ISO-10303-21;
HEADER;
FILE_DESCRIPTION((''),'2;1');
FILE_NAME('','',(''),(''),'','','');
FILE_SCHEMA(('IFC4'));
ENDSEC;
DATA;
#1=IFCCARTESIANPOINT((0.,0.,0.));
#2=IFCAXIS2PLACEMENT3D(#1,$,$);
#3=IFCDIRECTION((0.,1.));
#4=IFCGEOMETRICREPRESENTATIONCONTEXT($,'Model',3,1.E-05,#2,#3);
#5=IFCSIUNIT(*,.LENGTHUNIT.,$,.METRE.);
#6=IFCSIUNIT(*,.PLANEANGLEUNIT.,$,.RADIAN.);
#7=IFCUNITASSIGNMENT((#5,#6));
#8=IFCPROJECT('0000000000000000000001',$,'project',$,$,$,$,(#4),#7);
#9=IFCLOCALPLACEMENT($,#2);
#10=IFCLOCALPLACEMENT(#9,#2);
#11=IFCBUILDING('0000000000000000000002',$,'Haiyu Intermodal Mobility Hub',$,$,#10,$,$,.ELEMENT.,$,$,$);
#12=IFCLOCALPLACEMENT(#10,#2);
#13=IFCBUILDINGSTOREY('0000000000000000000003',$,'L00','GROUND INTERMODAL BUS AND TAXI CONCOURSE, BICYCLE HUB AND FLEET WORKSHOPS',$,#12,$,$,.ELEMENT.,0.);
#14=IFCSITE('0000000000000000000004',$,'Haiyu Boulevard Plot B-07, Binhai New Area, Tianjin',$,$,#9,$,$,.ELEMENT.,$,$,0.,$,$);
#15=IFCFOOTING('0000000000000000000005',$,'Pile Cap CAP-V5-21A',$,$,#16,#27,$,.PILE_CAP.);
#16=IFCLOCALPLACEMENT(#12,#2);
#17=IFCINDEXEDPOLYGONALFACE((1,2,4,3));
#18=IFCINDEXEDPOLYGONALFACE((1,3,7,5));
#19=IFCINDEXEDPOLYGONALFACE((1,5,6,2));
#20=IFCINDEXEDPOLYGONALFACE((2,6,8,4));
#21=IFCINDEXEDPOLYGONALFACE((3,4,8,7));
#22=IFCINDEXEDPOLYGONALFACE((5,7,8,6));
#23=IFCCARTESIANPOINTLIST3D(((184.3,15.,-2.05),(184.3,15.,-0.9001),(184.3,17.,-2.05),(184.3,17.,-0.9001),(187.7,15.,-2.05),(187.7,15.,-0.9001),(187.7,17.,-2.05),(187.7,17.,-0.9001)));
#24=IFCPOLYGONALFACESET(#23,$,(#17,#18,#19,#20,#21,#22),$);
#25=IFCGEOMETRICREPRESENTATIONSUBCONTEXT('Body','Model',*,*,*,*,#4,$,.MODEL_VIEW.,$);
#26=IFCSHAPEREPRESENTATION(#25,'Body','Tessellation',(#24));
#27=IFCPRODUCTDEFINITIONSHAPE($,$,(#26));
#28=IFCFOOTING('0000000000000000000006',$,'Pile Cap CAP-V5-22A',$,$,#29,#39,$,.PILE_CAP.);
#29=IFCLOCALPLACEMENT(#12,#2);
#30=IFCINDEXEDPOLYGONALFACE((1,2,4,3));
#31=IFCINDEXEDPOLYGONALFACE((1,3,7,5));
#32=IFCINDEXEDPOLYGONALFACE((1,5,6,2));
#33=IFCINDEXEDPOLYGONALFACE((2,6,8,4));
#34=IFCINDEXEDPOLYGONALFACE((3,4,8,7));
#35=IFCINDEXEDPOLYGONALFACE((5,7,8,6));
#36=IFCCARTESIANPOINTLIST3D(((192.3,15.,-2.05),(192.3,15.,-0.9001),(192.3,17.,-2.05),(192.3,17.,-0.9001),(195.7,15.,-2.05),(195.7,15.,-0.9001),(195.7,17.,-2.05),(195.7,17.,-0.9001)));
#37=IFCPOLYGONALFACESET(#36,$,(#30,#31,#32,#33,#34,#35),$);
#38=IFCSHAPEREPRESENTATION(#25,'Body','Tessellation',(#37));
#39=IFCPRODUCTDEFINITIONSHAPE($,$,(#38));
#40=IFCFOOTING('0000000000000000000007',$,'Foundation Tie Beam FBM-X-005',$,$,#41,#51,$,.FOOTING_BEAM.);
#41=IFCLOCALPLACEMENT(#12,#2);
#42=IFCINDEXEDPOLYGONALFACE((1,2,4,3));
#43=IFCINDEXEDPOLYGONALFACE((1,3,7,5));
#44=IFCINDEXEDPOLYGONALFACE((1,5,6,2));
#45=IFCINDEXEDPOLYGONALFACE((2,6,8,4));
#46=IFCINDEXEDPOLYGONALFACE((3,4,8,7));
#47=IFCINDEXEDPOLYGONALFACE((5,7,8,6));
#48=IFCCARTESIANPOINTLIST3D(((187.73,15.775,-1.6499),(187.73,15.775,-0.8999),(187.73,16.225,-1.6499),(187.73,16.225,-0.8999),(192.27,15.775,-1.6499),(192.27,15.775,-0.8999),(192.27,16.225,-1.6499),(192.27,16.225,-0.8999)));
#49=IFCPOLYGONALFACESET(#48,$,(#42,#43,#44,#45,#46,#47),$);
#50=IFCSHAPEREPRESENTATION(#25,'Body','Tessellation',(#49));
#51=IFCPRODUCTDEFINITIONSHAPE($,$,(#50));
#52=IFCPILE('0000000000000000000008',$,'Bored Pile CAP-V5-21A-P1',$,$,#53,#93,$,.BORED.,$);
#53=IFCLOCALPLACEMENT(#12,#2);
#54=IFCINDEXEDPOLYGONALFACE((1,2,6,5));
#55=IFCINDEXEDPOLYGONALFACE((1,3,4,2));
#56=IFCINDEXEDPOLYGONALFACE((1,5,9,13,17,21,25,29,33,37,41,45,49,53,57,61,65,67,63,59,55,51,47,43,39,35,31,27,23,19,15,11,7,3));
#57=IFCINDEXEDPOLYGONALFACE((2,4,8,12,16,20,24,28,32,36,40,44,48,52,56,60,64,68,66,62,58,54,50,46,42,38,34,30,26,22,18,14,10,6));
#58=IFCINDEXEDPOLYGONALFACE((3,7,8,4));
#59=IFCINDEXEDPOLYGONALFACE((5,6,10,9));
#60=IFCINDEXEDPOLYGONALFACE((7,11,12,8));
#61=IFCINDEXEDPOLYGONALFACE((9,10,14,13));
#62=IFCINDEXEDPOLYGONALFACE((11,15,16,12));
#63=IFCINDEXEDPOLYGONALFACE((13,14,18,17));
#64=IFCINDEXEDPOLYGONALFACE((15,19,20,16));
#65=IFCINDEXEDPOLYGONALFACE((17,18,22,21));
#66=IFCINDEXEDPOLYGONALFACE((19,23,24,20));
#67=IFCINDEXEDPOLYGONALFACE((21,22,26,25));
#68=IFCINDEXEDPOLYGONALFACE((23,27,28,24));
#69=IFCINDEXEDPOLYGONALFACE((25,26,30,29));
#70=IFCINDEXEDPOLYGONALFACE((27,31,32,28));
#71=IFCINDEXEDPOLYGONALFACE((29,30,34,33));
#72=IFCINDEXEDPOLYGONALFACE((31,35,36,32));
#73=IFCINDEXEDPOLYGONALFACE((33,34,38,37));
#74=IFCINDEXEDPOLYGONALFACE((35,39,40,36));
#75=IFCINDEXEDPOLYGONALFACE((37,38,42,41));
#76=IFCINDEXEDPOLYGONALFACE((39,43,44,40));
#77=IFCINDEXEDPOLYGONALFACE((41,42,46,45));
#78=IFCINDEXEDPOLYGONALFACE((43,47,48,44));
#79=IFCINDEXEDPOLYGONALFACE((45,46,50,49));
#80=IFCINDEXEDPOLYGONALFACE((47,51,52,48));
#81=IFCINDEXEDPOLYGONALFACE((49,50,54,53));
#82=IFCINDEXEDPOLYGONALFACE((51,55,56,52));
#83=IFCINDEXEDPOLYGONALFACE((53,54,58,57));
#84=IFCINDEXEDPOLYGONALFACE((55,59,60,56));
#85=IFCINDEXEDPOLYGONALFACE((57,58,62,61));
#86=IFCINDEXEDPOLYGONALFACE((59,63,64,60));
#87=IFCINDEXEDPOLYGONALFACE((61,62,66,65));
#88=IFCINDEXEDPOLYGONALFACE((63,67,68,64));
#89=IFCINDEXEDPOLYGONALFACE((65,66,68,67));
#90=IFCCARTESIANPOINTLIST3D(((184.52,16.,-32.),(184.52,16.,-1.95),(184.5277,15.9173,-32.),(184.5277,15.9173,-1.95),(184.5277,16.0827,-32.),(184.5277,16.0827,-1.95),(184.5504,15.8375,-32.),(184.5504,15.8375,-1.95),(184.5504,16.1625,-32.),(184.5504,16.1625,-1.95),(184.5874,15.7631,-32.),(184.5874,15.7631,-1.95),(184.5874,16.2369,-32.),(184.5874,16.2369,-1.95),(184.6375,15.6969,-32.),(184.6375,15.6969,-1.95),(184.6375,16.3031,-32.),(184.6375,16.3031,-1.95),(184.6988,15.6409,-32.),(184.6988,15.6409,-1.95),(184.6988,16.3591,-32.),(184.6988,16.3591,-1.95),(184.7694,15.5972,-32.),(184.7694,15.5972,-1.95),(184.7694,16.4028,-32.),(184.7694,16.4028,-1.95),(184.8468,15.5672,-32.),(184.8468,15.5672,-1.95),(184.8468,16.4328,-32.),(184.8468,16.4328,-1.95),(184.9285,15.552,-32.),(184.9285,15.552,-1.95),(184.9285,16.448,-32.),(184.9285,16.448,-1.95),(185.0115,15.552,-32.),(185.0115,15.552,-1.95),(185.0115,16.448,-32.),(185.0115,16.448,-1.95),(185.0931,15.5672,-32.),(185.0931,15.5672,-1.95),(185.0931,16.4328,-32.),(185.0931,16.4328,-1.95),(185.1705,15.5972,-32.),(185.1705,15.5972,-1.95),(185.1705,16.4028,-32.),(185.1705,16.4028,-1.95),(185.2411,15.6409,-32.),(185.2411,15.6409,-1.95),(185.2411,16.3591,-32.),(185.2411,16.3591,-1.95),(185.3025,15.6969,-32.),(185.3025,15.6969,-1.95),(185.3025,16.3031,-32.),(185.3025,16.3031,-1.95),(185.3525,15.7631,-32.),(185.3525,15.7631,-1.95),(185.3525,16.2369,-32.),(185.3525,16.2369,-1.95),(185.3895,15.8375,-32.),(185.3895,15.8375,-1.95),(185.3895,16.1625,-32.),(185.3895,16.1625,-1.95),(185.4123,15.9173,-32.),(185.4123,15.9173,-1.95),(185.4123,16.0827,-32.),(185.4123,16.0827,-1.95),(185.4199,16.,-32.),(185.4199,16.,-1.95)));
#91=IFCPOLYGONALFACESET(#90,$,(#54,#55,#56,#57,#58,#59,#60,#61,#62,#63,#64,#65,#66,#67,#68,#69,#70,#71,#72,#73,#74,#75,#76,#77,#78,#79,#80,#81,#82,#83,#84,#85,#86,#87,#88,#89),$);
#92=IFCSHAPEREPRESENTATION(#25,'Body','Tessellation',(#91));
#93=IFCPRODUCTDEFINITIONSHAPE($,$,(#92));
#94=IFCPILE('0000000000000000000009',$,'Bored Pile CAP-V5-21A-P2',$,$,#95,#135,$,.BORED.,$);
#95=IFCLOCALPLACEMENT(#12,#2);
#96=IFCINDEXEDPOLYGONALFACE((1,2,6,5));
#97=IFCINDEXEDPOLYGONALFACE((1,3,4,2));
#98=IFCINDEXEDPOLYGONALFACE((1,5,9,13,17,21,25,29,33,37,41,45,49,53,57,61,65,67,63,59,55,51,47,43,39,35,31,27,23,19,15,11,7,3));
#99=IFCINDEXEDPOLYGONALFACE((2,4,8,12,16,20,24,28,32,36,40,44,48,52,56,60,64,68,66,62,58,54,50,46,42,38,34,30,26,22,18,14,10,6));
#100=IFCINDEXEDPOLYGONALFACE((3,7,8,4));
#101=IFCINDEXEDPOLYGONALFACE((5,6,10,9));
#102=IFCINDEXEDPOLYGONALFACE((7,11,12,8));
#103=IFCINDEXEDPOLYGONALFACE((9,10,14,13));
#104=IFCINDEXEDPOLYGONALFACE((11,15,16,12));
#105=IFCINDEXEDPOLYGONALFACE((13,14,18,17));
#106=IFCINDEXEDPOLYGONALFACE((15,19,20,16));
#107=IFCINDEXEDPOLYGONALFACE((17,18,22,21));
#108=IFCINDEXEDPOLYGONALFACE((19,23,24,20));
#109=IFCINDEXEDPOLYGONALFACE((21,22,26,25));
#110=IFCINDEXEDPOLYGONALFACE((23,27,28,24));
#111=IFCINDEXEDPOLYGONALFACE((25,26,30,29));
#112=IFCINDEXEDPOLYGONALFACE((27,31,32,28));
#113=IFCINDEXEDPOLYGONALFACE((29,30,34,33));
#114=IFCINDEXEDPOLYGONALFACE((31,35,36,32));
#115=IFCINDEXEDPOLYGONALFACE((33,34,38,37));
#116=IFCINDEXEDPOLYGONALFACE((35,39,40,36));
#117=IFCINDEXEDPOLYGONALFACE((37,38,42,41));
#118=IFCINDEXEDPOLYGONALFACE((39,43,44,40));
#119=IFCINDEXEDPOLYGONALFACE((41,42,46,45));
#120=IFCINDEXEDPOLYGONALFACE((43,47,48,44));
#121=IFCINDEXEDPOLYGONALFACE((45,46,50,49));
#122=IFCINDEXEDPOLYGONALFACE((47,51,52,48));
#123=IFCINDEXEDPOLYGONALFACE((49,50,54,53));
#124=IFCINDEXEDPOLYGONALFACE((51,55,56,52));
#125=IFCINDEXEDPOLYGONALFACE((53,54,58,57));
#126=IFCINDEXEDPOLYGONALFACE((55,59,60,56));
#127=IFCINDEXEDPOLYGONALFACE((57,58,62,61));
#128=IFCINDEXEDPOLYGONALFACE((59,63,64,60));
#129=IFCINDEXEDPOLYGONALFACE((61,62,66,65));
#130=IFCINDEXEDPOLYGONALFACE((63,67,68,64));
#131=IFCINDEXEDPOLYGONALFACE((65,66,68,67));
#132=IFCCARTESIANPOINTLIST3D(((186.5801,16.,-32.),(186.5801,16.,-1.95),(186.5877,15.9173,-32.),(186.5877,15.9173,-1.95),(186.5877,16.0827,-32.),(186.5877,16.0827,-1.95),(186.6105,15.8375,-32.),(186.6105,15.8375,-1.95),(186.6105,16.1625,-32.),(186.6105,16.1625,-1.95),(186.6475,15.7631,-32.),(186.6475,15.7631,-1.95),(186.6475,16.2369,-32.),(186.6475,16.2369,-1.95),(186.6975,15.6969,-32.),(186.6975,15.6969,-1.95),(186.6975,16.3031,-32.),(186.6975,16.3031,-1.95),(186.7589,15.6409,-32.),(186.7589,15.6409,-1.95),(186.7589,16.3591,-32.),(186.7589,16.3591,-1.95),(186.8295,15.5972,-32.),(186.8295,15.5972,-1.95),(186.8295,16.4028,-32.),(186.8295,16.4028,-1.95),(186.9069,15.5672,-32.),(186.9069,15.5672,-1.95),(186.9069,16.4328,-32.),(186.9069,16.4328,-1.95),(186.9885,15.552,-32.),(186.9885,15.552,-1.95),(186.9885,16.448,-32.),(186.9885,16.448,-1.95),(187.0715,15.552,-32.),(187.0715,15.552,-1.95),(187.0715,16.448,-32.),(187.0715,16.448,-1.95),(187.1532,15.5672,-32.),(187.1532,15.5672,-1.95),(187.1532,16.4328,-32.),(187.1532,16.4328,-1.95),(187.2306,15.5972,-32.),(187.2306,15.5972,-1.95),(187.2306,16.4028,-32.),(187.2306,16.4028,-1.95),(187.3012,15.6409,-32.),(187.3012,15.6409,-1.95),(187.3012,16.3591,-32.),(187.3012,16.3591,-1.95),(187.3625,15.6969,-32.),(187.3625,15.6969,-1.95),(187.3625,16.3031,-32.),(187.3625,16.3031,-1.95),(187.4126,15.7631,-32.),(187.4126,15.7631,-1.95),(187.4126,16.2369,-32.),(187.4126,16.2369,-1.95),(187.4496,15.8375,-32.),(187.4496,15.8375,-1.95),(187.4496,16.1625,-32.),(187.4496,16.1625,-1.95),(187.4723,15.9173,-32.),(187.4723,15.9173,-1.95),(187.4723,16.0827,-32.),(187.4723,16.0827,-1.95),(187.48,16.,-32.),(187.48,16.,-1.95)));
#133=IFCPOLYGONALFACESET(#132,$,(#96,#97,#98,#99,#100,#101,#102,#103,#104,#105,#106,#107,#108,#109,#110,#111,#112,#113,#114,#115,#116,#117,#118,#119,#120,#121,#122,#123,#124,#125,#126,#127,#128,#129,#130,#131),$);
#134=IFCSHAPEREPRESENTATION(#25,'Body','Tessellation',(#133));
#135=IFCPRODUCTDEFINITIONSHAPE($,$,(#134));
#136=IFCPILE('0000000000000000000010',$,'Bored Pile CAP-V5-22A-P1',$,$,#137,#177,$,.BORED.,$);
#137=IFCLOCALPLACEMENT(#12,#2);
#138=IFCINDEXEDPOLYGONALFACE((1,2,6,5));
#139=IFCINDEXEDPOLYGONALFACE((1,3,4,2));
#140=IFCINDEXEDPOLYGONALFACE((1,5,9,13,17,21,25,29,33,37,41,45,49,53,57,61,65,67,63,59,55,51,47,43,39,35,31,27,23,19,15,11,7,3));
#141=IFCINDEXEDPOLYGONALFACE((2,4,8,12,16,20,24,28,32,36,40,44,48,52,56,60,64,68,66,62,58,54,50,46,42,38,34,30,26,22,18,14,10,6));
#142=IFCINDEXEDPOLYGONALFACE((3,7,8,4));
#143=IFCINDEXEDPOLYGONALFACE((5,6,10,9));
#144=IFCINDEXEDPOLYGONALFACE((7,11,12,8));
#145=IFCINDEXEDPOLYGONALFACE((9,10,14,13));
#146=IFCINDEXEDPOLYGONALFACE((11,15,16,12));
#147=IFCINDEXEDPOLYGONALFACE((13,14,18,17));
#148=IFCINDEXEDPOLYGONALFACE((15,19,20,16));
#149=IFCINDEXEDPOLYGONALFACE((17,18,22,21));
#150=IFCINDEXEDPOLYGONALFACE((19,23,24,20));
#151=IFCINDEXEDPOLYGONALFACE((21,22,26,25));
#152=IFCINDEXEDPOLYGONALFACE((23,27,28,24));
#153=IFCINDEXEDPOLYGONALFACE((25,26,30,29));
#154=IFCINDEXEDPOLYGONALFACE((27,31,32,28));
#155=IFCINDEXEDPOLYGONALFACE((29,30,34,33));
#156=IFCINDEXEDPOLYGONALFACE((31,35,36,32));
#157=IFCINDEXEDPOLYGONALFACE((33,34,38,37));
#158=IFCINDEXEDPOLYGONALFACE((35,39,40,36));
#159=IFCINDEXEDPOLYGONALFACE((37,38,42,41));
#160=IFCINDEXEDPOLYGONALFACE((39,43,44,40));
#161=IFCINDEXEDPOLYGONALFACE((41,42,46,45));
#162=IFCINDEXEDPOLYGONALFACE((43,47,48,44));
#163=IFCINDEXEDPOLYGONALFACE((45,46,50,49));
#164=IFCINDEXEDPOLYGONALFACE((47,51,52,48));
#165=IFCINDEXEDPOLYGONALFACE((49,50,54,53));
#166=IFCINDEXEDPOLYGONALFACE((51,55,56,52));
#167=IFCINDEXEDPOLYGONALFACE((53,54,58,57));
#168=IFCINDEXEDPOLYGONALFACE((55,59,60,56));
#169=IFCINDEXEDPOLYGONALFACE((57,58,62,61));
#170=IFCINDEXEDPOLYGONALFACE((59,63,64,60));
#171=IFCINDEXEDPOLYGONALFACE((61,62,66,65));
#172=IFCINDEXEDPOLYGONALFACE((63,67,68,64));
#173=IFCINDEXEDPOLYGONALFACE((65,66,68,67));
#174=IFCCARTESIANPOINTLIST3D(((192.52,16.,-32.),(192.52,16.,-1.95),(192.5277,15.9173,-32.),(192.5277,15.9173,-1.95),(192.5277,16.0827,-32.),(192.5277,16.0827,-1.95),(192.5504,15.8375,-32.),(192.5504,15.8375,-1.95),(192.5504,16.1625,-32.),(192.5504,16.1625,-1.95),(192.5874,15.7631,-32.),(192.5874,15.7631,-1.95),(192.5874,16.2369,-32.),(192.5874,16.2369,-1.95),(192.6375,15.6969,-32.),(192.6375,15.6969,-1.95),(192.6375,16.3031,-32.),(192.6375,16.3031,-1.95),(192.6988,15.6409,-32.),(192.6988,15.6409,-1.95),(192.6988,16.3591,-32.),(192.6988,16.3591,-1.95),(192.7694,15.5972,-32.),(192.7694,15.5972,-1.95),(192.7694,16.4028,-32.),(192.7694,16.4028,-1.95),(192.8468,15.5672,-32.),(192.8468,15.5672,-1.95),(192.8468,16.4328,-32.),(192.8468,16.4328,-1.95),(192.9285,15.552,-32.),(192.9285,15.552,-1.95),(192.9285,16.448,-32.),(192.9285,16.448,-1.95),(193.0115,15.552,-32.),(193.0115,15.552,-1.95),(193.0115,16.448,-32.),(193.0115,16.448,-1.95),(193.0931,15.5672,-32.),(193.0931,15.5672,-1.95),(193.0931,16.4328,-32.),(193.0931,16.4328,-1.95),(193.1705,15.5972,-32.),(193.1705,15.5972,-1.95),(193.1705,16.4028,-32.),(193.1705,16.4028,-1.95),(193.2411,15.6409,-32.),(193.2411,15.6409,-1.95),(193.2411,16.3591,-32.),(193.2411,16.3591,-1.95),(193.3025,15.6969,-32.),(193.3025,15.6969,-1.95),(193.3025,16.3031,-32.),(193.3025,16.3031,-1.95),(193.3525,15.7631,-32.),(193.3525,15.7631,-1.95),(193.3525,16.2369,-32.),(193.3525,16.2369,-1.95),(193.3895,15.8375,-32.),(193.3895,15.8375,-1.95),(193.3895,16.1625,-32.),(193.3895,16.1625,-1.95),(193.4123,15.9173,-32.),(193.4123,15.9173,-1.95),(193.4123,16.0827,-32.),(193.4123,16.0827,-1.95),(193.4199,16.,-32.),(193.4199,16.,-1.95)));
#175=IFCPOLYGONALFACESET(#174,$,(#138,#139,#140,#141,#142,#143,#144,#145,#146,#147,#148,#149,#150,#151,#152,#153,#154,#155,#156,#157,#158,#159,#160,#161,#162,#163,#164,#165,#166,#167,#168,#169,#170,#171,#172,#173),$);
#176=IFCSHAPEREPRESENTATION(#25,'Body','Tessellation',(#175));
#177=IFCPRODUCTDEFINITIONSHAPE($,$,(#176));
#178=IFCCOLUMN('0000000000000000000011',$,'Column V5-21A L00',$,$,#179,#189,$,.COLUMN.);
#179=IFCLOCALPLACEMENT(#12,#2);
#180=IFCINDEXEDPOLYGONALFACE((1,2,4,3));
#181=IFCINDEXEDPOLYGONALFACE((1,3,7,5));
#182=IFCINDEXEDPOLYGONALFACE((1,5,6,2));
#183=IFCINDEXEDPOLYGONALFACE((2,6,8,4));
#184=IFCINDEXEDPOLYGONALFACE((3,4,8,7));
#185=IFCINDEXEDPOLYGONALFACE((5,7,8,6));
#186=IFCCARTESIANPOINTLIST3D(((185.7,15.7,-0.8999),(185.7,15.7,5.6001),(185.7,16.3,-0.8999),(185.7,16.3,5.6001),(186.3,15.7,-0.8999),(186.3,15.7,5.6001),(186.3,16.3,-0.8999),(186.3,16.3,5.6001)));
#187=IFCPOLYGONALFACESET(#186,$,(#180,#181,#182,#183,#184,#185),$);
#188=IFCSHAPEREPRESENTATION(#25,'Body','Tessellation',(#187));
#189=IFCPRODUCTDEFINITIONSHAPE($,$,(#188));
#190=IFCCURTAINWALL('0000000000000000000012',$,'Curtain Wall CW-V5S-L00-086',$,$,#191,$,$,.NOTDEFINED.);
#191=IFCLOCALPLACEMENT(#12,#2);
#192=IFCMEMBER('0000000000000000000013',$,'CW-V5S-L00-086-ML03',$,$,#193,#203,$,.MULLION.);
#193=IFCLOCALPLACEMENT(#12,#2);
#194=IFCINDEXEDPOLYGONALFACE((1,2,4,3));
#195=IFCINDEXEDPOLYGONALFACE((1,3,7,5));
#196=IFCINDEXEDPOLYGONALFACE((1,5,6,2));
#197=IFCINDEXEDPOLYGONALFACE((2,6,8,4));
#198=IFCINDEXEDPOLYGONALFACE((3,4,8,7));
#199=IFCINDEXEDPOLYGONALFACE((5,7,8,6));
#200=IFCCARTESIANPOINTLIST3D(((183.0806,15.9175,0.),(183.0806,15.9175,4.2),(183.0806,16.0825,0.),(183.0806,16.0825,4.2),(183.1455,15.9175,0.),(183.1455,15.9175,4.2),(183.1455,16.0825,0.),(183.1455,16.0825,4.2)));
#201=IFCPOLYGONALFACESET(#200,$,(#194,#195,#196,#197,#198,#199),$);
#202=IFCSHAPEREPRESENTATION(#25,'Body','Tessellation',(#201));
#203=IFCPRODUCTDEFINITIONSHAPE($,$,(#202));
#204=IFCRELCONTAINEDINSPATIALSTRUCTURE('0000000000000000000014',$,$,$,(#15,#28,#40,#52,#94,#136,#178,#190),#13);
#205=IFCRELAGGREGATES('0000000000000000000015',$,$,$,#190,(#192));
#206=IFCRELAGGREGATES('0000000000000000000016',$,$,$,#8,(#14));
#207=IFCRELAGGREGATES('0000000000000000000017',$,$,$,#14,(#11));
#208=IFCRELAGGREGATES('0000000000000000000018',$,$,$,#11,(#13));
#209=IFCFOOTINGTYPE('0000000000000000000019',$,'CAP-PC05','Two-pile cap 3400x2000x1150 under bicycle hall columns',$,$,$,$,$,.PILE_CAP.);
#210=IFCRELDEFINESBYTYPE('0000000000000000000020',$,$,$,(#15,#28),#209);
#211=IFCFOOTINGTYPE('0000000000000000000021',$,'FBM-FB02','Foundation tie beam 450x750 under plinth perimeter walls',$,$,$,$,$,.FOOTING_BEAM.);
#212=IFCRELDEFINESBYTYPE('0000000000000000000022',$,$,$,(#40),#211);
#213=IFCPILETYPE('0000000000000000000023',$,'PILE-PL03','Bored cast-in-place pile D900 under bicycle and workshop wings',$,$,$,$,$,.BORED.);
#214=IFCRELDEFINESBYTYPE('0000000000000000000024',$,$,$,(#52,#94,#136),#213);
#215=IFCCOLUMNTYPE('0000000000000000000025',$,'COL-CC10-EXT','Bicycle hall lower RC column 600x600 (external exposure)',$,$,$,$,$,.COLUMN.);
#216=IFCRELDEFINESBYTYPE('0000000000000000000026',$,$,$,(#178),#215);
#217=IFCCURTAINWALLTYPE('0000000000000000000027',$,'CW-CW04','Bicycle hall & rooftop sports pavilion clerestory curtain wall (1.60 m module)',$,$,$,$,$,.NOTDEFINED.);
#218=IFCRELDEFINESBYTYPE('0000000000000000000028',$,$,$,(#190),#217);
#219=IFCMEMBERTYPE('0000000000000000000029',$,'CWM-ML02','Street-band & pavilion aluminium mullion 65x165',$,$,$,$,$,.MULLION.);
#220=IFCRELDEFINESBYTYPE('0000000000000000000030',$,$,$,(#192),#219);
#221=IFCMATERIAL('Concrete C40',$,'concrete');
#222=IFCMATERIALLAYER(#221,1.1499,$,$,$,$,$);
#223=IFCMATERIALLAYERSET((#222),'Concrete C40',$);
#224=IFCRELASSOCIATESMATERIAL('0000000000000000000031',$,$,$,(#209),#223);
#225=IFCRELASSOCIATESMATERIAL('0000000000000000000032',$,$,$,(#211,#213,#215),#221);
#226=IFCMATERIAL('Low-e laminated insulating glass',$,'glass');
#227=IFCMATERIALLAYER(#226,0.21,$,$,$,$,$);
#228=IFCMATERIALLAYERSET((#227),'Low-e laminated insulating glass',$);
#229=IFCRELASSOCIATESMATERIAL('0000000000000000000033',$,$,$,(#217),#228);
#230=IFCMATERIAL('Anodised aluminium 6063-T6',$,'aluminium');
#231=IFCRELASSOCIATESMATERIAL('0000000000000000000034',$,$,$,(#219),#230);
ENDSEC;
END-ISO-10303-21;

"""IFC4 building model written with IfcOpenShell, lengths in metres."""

from ifc_helpers import new_model, si_unit, direction, frame, origin, origin_2d, place, context, subcontext, project, spatial, rectangle, circle, extrude, material, layer, layer_set, material_profile, profile_set, type_object, element, aggregate, save


model = new_model("IFC4")

# Units and contexts
model_context = context("Model", 3, precision=1e-05, world=origin(), true_north=direction((0.0, 1.0)))
body_context = subcontext(model_context, "Body", "Model", "MODEL_VIEW")
ifc_project = project(units=[si_unit("LENGTHUNIT", "METRE"), si_unit("PLANEANGLEUNIT", "RADIAN")], contexts=[model_context])

# Site, building, storey
site_placement = place(None, origin())
site = spatial("IfcSite", under=ifc_project, at=site_placement, Name="Haiyu Boulevard Plot B-07, Binhai New Area, Tianjin", CompositionType="ELEMENT", RefElevation=0.0)
building_placement = place(site_placement, origin())
building = spatial("IfcBuilding", under=site, at=building_placement, Name="Haiyu Intermodal Mobility Hub", CompositionType="ELEMENT")
storey_placement = place(building_placement, origin())
storey = spatial("IfcBuildingStorey", under=building, at=storey_placement, Name="L00", Description="GROUND INTERMODAL BUS AND TAXI CONCOURSE, BICYCLE HUB AND FLEET WORKSHOPS", CompositionType="ELEMENT", Elevation=0.0)

# Footings
ifc_material_1 = material(Name="Concrete C40", Category="concrete")
ifc_layer_1 = layer(ifc_material_1, 1.1499)
ifc_layer_set_1 = layer_set([ifc_layer_1], Name="Concrete C40")
footing_type_1 = type_object("IfcFootingType", Name="CAP-PC05", Description="Two-pile cap 3400x2000x1150 under bicycle hall columns", PredefinedType="PILE_CAP", material=ifc_layer_set_1)
for number, where, z_axis, x_axis, name in (
    (1, (186.0, 16.0, -2.05), (0.0, 0.0, 1.0), (1.0, 0.0, 0.0), "Pile Cap CAP-V5-21A"),
    (2, (194.0, 16.0, -2.05), (0.0, 0.0, 1.0), (1.0, 0.0, 0.0), "Pile Cap CAP-V5-22A"),
):
    element("IfcFooting", number, at=place(storey_placement, frame(where, z_axis=z_axis, x_axis=x_axis)), inside=storey, type_object=footing_type_1, Name=name, PredefinedType="PILE_CAP", context=body_context, shape_type="SweptSolid", body=[
        extrude(rectangle(XDim=3.3999, YDim=2.0, at=origin_2d()), origin(), (0.0, 0.0, 1.0), 1.1499),
    ])
ifc_material_profile_1 = material_profile(ifc_material_1, rectangle(XDim=0.45, YDim=0.75, at=origin_2d()), Name="FB450x750")
ifc_profile_set_1 = profile_set([ifc_material_profile_1], Name="Concrete C40")
footing_type_2 = type_object("IfcFootingType", Name="FBM-FB02", Description="Foundation tie beam 450x750 under plinth perimeter walls", PredefinedType="FOOTING_BEAM", material=ifc_profile_set_1)
footing_placement = place(storey_placement, frame((187.73, 16.0, -1.2749), z_axis=(1.0, 0.0, 0.0), x_axis=(0.0, 1.0, 0.0)))
element("IfcFooting", 3, at=footing_placement, inside=storey, type_object=footing_type_2, Name="Foundation Tie Beam FBM-X-005", PredefinedType="FOOTING_BEAM", context=body_context, shape_type="SweptSolid", body=[
    extrude(rectangle(XDim=0.45, YDim=0.75, at=origin_2d()), origin(), (0.0, 0.0, 1.0), 4.54),
])

# Piles
ifc_material_profile_2 = material_profile(ifc_material_1, circle(Radius=0.45, at=origin_2d()), Name="PILE-D900")
ifc_profile_set_2 = profile_set([ifc_material_profile_2], Name="Concrete C40")
pile_type = type_object("IfcPileType", Name="PILE-PL03", Description="Bored cast-in-place pile D900 under bicycle and workshop wings", PredefinedType="BORED", material=ifc_profile_set_2)
for number, where, z_axis, x_axis, name in (
    (4, (184.97, 16.0, -1.95), (0.0, 0.0, -1.0), (1.0, 0.0, 0.0), "Bored Pile CAP-V5-21A-P1"),
    (5, (187.03, 16.0, -1.95), (0.0, 0.0, -1.0), (1.0, 0.0, 0.0), "Bored Pile CAP-V5-21A-P2"),
    (6, (192.97, 16.0, -1.95), (0.0, 0.0, -1.0), (1.0, 0.0, 0.0), "Bored Pile CAP-V5-22A-P1"),
):
    element("IfcPile", number, at=place(storey_placement, frame(where, z_axis=z_axis, x_axis=x_axis)), inside=storey, type_object=pile_type, Name=name, PredefinedType="BORED", context=body_context, shape_type="SweptSolid", body=[
        extrude(circle(Radius=0.45, at=origin_2d()), origin(), (0.0, 0.0, 1.0), 30.05),
    ])

# Column
ifc_material_profile_3 = material_profile(ifc_material_1, rectangle(XDim=0.6001, YDim=0.6001, at=origin_2d()), Name="RC600x600")
ifc_profile_set_3 = profile_set([ifc_material_profile_3], Name="Concrete C40")
column_type = type_object("IfcColumnType", Name="COL-CC10-EXT", Description="Bicycle hall lower RC column 600x600 (external exposure)", PredefinedType="COLUMN", material=ifc_profile_set_3)
column_placement = place(storey_placement, frame((186.0, 16.0, -0.8999), z_axis=(0.0, 0.0, 1.0), x_axis=(1.0, 0.0, 0.0)))
element("IfcColumn", 7, at=column_placement, inside=storey, type_object=column_type, Name="Column V5-21A L00", PredefinedType="COLUMN", context=body_context, shape_type="SweptSolid", body=[
    extrude(rectangle(XDim=0.6001, YDim=0.6001, at=origin_2d()), origin(), (0.0, 0.0, 1.0), 6.5),
])

# Curtain wall, member
ifc_material_2 = material(Name="Low-e laminated insulating glass", Category="glass")
ifc_layer_2 = layer(ifc_material_2, 0.21)
ifc_layer_set_2 = layer_set([ifc_layer_2], Name="Low-e laminated insulating glass")
curtain_wall_type = type_object("IfcCurtainWallType", Name="CW-CW04", Description="Bicycle hall & rooftop sports pavilion clerestory curtain wall (1.60 m module)", PredefinedType="NOTDEFINED", material=ifc_layer_set_2)
curtain_wall_1_placement = place(storey_placement, origin())
curtain_wall_1 = element("IfcCurtainWall", 8, at=curtain_wall_1_placement, inside=storey, type_object=curtain_wall_type, Name="Curtain Wall CW-V5S-L00-086", PredefinedType="NOTDEFINED")
ifc_material_3 = material(Name="Anodised aluminium 6063-T6", Category="aluminium")
ifc_material_profile_4 = material_profile(ifc_material_3, rectangle(XDim=0.0649, YDim=0.165, at=origin_2d()), Name="ALU65x165")
ifc_profile_set_4 = profile_set([ifc_material_profile_4], Name="Anodised aluminium 6063-T6")
member_type_1 = type_object("IfcMemberType", Name="CWM-ML02", Description="Street-band & pavilion aluminium mullion 65x165", PredefinedType="MULLION", material=ifc_profile_set_4)
member_1_placement = place(storey_placement, frame((183.113, 16.0, 0.0), z_axis=(0.0, 0.0, 1.0), x_axis=(1.0, 0.0, 0.0)))
member_1 = element("IfcMember", 9, at=member_1_placement, type_object=member_type_1, Name="CW-V5S-L00-086-ML03", PredefinedType="MULLION", context=body_context, shape_type="SweptSolid", body=[
    extrude(rectangle(XDim=0.0649, YDim=0.165, at=origin_2d()), origin(), (0.0, 0.0, 1.0), 4.2),
])

aggregate(curtain_wall_1, [member_1])

save(model, "model.ifc")
